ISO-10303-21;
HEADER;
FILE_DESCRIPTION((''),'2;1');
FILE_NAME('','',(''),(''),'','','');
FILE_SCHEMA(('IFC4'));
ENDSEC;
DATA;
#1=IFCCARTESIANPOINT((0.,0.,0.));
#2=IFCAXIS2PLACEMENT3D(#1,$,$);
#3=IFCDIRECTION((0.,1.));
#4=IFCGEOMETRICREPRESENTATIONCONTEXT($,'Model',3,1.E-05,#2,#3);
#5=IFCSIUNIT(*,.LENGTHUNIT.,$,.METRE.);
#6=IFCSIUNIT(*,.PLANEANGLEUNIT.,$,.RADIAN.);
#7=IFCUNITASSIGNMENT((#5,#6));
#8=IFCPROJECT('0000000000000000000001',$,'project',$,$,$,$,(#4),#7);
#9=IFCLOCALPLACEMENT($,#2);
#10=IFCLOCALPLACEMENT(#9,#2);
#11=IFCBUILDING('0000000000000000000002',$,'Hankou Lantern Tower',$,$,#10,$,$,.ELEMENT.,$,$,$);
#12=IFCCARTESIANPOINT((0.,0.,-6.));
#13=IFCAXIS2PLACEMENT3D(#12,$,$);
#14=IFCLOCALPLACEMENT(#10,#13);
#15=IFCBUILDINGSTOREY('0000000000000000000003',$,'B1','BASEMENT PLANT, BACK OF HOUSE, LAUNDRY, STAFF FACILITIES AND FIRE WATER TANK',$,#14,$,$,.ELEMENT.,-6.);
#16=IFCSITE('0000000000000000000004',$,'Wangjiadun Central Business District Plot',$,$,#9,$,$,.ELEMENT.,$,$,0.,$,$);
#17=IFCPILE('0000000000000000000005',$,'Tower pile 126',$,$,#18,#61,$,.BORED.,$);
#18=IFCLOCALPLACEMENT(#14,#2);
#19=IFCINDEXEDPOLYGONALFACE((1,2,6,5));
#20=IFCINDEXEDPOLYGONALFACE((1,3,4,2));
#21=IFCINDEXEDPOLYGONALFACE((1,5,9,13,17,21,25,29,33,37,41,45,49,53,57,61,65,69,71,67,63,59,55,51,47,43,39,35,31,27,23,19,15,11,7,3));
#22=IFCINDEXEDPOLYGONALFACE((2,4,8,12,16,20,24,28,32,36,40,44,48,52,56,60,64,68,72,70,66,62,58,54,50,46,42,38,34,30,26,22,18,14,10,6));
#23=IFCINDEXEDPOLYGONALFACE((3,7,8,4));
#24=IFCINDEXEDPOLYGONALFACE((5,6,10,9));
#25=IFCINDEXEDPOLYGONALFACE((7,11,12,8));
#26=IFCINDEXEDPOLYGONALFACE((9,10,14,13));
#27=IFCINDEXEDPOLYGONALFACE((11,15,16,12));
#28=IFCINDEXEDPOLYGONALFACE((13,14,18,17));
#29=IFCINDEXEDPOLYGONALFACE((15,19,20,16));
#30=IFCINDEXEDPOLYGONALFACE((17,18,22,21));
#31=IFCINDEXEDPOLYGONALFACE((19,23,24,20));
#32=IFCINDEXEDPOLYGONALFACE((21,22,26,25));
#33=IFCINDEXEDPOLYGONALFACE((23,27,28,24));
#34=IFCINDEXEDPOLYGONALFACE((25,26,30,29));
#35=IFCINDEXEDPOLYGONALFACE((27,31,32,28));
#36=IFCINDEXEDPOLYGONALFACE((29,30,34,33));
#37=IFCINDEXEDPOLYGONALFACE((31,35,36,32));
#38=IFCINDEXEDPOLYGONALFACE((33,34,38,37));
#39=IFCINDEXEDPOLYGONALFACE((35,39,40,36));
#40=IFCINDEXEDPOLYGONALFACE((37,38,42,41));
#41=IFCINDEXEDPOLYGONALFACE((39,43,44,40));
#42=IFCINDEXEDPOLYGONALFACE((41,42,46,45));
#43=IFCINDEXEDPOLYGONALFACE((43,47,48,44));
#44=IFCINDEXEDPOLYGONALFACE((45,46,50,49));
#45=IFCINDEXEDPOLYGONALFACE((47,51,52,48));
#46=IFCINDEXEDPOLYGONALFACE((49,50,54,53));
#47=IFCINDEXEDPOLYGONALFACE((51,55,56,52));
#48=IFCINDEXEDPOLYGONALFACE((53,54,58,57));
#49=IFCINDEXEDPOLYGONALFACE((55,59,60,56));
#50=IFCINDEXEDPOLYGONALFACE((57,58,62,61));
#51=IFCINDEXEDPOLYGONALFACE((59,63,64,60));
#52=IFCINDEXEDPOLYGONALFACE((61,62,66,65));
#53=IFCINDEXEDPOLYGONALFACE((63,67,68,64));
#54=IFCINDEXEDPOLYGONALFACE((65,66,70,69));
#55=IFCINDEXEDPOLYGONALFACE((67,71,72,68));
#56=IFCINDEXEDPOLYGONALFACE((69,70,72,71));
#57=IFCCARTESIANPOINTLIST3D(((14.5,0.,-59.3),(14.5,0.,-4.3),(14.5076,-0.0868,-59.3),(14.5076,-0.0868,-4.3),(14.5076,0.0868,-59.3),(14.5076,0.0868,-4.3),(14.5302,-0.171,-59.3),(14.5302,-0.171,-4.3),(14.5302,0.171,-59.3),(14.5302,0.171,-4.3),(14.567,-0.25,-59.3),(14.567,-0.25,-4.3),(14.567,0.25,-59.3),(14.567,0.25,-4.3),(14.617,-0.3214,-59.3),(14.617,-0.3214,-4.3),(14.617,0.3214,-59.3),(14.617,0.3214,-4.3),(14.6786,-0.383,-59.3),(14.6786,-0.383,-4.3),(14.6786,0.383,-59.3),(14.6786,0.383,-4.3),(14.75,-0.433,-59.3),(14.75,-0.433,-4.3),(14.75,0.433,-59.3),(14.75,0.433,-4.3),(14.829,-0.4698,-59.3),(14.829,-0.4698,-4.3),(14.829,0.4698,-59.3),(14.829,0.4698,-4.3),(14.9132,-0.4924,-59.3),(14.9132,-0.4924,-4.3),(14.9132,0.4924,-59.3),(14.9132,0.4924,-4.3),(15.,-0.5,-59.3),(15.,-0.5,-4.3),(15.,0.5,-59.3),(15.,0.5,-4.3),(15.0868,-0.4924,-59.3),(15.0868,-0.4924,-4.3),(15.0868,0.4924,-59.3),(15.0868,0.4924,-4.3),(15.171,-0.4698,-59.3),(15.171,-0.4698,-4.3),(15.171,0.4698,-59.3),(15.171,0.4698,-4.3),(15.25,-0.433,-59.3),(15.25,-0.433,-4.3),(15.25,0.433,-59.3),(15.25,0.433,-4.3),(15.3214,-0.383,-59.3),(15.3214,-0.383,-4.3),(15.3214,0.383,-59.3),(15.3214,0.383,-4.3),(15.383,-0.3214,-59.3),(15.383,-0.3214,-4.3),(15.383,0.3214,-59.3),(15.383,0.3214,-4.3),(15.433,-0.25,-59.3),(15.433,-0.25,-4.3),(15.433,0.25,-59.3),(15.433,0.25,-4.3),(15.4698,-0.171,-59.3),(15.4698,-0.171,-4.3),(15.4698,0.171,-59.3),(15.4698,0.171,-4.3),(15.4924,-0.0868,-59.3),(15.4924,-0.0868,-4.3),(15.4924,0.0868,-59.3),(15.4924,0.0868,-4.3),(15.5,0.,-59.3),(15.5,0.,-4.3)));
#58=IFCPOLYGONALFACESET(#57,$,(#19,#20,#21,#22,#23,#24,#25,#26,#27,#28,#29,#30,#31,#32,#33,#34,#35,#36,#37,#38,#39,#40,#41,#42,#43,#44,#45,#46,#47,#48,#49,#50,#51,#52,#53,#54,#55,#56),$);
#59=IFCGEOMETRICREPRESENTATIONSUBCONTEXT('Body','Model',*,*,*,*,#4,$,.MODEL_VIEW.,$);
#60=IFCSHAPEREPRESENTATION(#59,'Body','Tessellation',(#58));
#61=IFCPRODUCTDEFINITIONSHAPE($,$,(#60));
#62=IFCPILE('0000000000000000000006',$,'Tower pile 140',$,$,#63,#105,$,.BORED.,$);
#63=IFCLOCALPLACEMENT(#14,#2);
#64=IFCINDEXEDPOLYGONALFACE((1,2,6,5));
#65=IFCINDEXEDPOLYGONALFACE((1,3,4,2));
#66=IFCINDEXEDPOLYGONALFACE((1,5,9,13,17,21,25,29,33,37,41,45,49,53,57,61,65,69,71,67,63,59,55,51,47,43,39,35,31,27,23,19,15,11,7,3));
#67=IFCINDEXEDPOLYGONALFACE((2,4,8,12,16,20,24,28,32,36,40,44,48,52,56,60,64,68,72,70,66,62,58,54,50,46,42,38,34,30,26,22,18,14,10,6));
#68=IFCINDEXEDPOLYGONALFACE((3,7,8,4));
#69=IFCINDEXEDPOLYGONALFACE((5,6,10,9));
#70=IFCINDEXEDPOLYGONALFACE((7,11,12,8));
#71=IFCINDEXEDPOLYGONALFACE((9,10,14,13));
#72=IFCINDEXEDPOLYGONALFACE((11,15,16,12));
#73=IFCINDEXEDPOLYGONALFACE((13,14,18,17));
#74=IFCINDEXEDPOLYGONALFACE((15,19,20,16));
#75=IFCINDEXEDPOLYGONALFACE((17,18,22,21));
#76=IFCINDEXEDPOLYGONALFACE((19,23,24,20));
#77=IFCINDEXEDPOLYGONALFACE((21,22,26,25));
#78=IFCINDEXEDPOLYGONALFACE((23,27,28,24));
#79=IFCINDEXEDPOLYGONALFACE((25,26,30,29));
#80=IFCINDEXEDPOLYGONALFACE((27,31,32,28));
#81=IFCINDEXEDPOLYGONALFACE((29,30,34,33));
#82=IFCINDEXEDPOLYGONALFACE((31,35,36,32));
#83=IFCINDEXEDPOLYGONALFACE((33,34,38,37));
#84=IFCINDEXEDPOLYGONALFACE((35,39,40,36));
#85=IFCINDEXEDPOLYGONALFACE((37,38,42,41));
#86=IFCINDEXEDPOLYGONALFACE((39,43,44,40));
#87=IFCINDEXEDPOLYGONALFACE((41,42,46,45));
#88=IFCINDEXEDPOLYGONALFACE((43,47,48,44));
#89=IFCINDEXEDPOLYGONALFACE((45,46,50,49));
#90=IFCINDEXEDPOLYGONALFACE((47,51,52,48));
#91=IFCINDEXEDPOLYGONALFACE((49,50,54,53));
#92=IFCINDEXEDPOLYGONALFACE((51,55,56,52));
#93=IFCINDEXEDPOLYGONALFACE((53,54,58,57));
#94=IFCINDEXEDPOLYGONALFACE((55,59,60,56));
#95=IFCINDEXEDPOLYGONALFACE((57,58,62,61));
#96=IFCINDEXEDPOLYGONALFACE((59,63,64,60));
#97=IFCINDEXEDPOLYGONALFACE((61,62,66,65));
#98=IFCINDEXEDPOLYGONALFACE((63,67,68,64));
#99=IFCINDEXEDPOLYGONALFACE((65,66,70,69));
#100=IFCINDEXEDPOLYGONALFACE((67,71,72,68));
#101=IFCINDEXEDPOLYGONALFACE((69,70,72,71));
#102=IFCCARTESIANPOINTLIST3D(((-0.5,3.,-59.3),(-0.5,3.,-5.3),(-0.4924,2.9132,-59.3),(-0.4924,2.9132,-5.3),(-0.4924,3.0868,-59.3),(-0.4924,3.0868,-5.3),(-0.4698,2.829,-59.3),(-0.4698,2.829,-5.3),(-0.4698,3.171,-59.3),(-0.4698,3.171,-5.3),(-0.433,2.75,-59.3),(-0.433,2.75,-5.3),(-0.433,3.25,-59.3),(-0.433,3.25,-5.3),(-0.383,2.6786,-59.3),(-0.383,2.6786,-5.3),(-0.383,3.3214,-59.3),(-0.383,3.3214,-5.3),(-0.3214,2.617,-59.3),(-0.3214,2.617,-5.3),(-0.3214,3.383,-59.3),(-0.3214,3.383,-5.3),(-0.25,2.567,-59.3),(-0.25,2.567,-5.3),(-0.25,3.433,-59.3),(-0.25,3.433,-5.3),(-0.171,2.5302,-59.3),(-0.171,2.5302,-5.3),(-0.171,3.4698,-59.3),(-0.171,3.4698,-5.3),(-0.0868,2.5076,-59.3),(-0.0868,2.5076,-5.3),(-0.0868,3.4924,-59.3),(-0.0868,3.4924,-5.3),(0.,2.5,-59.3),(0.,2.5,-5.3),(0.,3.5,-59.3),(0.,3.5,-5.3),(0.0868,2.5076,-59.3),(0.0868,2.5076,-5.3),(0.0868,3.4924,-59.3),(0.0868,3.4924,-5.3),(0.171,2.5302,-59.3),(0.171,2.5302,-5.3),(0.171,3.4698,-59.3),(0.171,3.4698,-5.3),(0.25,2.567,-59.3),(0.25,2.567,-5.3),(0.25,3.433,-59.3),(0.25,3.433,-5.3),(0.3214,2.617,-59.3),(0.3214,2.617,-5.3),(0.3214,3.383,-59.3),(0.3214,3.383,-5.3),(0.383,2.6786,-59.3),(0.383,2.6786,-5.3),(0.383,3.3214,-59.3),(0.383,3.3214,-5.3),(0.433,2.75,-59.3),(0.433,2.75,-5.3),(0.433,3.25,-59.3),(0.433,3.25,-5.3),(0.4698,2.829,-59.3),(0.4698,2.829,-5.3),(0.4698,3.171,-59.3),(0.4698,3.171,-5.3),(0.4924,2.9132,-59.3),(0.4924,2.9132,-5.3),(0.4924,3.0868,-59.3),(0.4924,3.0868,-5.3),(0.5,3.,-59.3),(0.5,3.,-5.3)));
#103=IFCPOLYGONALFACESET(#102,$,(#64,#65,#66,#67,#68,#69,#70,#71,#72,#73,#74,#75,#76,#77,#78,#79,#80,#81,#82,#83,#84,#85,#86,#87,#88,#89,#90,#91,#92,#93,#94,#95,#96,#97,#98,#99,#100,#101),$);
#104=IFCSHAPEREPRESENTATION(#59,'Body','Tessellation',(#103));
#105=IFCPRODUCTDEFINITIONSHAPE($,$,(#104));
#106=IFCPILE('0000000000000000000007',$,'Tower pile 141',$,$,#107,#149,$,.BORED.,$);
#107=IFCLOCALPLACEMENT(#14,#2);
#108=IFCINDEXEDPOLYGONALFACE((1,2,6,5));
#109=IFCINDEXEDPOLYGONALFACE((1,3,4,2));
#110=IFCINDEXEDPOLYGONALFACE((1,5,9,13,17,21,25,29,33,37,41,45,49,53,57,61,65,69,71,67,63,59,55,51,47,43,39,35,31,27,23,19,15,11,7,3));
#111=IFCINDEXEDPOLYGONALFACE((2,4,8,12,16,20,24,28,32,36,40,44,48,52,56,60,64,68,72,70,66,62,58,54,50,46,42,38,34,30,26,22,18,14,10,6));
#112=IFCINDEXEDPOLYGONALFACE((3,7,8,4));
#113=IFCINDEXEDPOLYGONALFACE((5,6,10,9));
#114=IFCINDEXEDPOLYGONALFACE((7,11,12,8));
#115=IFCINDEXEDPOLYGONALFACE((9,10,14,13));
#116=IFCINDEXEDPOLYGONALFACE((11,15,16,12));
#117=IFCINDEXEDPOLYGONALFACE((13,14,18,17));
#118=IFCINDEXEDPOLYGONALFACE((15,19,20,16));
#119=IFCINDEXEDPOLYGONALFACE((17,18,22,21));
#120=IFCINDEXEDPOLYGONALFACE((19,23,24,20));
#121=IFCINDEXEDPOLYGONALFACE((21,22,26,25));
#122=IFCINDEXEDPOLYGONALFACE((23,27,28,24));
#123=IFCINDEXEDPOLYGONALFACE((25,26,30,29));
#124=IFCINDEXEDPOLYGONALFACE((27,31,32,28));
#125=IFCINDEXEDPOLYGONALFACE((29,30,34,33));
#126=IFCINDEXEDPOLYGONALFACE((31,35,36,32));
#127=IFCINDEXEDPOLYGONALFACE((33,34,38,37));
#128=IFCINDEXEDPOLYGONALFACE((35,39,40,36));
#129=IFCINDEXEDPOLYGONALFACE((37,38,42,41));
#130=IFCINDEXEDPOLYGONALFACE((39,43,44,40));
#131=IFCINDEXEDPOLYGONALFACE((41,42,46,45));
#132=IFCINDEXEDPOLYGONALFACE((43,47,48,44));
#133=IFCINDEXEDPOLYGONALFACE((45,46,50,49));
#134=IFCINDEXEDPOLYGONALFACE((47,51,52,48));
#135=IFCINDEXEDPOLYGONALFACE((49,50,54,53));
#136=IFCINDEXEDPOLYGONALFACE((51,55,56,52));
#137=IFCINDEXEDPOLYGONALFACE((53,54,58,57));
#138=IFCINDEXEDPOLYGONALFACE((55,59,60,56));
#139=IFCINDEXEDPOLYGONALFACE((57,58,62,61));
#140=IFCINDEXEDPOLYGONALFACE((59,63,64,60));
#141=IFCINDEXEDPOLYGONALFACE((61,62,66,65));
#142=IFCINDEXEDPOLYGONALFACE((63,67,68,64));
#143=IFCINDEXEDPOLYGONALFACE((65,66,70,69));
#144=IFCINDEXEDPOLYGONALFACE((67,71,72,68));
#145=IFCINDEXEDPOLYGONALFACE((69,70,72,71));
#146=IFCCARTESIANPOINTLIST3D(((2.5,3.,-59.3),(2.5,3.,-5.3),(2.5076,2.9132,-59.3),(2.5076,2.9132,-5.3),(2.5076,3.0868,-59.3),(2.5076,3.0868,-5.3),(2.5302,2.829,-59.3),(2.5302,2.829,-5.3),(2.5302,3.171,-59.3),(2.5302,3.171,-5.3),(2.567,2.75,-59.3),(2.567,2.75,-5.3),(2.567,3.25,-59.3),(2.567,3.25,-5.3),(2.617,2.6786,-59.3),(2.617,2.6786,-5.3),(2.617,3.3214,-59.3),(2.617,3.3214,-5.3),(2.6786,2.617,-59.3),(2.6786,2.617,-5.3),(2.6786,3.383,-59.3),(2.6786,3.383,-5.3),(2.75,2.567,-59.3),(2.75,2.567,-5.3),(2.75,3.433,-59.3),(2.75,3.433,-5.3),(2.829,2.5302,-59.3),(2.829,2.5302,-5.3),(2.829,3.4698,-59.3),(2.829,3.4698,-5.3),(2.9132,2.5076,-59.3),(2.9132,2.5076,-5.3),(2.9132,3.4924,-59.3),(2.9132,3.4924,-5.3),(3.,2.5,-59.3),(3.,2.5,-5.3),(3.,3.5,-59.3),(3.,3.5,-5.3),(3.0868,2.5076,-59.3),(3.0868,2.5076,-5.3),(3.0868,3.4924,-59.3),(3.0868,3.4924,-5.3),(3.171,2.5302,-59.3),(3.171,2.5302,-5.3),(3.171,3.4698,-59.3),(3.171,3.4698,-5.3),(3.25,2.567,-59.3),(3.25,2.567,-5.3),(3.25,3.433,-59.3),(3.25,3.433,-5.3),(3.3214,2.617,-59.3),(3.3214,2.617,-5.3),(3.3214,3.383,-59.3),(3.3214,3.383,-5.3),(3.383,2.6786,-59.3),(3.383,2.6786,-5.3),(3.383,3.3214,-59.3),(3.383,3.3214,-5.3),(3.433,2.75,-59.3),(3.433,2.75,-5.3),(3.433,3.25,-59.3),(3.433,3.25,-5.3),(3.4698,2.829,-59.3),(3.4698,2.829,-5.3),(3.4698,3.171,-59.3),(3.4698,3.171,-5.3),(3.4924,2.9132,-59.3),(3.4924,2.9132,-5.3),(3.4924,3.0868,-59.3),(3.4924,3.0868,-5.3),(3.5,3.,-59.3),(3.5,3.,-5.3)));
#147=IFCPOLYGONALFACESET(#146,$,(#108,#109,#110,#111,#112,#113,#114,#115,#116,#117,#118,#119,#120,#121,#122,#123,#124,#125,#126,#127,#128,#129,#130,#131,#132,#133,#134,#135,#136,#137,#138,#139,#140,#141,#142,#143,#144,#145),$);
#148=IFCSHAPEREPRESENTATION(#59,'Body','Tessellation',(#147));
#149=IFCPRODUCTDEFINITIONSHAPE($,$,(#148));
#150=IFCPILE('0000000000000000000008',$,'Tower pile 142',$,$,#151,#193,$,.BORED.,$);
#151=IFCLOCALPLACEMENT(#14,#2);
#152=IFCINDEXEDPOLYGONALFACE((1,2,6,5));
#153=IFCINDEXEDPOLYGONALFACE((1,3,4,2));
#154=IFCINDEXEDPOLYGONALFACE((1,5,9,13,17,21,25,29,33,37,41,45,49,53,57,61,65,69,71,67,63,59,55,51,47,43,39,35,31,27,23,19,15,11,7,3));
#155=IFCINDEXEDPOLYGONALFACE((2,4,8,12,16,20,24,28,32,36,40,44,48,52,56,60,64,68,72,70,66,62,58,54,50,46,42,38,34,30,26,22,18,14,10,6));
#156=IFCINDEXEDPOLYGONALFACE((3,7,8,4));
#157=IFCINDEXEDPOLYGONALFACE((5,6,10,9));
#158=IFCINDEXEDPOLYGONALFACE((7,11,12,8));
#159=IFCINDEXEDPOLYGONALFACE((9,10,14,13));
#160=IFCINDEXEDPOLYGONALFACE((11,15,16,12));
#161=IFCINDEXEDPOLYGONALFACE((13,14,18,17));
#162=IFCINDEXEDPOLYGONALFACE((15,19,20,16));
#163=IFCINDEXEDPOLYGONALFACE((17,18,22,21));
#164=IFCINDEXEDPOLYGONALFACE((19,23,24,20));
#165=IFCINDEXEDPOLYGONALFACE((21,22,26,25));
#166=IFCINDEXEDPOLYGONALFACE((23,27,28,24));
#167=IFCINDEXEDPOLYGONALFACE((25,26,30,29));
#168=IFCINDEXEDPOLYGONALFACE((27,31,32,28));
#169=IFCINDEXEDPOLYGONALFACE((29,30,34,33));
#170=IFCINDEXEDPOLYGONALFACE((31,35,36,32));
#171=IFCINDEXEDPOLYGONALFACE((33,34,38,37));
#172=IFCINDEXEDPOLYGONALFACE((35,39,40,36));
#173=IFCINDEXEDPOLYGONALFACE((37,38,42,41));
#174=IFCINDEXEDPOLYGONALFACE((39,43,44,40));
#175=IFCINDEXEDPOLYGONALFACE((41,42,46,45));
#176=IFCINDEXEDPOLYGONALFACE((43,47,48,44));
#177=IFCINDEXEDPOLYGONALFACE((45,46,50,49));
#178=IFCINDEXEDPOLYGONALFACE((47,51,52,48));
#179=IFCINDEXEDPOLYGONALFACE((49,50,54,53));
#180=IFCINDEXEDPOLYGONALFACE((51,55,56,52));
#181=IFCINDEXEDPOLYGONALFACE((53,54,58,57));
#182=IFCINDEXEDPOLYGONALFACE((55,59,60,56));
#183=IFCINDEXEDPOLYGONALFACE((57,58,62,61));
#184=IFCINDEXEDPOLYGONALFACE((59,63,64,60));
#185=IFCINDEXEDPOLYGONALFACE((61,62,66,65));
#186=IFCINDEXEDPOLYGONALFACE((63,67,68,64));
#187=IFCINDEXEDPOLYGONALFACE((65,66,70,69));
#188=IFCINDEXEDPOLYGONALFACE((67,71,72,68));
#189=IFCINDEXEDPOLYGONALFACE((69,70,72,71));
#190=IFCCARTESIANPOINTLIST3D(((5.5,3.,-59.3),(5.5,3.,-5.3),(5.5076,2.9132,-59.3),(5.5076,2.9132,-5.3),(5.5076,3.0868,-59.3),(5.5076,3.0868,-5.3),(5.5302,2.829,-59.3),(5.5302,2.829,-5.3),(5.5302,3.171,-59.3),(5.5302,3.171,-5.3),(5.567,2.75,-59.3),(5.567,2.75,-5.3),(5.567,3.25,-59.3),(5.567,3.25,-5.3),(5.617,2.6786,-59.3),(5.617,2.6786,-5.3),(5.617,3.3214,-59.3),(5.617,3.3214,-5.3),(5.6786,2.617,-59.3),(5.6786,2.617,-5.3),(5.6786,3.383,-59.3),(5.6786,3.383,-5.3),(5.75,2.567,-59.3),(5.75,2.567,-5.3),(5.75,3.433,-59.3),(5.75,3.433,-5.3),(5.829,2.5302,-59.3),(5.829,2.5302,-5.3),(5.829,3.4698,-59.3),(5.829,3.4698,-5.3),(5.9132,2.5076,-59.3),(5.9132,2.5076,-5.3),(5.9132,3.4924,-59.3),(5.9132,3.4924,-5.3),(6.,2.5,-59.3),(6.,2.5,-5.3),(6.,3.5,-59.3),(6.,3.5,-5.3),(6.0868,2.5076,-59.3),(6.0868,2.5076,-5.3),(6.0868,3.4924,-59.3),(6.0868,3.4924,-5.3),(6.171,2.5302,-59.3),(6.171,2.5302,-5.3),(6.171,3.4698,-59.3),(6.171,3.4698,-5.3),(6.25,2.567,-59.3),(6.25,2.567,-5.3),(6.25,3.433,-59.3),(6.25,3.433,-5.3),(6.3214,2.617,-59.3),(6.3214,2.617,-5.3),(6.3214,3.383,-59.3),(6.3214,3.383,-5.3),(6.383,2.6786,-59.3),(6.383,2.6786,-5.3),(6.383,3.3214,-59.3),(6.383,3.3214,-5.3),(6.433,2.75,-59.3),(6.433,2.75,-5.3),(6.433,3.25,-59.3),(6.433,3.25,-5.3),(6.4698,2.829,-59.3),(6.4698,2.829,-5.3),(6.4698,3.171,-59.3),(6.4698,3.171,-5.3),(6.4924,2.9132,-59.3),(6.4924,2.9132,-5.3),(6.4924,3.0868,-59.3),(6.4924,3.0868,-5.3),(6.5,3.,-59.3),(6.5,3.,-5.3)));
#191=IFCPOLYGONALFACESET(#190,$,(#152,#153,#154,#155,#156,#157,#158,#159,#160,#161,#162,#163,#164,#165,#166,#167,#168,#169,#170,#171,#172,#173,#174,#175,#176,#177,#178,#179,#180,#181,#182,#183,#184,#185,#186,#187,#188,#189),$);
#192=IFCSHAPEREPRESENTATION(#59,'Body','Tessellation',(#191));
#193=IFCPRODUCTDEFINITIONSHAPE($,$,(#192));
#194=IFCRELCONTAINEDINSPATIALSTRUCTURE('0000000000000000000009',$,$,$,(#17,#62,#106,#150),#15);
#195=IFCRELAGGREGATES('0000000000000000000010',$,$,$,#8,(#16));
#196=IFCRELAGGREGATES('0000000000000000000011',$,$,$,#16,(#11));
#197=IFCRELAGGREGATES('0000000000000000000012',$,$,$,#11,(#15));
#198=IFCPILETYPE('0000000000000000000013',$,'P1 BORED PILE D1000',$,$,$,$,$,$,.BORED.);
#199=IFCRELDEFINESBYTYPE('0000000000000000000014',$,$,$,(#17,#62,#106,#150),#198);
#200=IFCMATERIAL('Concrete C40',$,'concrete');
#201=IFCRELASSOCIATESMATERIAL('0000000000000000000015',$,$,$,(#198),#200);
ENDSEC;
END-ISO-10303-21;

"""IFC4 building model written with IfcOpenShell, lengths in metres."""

from ifc_helpers import new_model, si_unit, direction, frame, origin, origin_2d, place, context, subcontext, project, spatial, circle, extrude, material, material_profile, profile_set, type_object, element, save


model = new_model("IFC4")

# Units and contexts
model_context = context("Model", 3, precision=1e-05, world=origin(), true_north=direction((0.0, 1.0)))
body_context = subcontext(model_context, "Body", "Model", "MODEL_VIEW")
ifc_project = project(units=[si_unit("LENGTHUNIT", "METRE"), si_unit("PLANEANGLEUNIT", "RADIAN")], contexts=[model_context])

# Site, building, storey
site_placement = place(None, origin())
site = spatial("IfcSite", under=ifc_project, at=site_placement, Name="Wangjiadun Central Business District Plot", CompositionType="ELEMENT", RefElevation=0.0)
building_placement = place(site_placement, origin())
building = spatial("IfcBuilding", under=site, at=building_placement, Name="Hankou Lantern Tower", CompositionType="ELEMENT")
storey_placement = place(building_placement, frame((0.0, 0.0, -6.0)))
storey = spatial("IfcBuildingStorey", under=building, at=storey_placement, Name="B1", Description="BASEMENT PLANT, BACK OF HOUSE, LAUNDRY, STAFF FACILITIES AND FIRE WATER TANK", CompositionType="ELEMENT", Elevation=-6.0)

# Piles
ifc_material_1 = material(Name="Concrete C40", Category="concrete")
ifc_material_profile = material_profile(ifc_material_1, circle(Radius=0.5, at=origin_2d()), Name="RC D1000")
ifc_profile_set = profile_set([ifc_material_profile], Name="Concrete C40")
pile_type = type_object("IfcPileType", Name="P1 BORED PILE D1000", PredefinedType="BORED", material=ifc_profile_set)
pile_1_placement = place(storey_placement, frame((15.0, 0.0, -4.3), z_axis=(0.0, 0.0, -1.0), x_axis=(1.0, 0.0, 0.0)))
element("IfcPile", 1, at=pile_1_placement, inside=storey, type_object=pile_type, Name="Tower pile 126", PredefinedType="BORED", context=body_context, shape_type="SweptSolid", body=[
    extrude(circle(Radius=0.5, at=origin_2d()), origin(), (0.0, 0.0, 1.0), 55.0),
])
for number, where, z_axis, x_axis, name in (
    (2, (0.0, 3.0, -5.3), (0.0, 0.0, -1.0), (1.0, 0.0, 0.0), "Tower pile 140"),
    (3, (3.0, 3.0, -5.3), (0.0, 0.0, -1.0), (1.0, 0.0, 0.0), "Tower pile 141"),
    (4, (6.0, 3.0, -5.3), (0.0, 0.0, -1.0), (1.0, 0.0, 0.0), "Tower pile 142"),
):
    element("IfcPile", number, at=place(storey_placement, frame(where, z_axis=z_axis, x_axis=x_axis)), inside=storey, type_object=pile_type, Name=name, PredefinedType="BORED", context=body_context, shape_type="SweptSolid", body=[
        extrude(circle(Radius=0.5, at=origin_2d()), origin(), (0.0, 0.0, 1.0), 54.0),
    ])

save(model, "model.ifc")
